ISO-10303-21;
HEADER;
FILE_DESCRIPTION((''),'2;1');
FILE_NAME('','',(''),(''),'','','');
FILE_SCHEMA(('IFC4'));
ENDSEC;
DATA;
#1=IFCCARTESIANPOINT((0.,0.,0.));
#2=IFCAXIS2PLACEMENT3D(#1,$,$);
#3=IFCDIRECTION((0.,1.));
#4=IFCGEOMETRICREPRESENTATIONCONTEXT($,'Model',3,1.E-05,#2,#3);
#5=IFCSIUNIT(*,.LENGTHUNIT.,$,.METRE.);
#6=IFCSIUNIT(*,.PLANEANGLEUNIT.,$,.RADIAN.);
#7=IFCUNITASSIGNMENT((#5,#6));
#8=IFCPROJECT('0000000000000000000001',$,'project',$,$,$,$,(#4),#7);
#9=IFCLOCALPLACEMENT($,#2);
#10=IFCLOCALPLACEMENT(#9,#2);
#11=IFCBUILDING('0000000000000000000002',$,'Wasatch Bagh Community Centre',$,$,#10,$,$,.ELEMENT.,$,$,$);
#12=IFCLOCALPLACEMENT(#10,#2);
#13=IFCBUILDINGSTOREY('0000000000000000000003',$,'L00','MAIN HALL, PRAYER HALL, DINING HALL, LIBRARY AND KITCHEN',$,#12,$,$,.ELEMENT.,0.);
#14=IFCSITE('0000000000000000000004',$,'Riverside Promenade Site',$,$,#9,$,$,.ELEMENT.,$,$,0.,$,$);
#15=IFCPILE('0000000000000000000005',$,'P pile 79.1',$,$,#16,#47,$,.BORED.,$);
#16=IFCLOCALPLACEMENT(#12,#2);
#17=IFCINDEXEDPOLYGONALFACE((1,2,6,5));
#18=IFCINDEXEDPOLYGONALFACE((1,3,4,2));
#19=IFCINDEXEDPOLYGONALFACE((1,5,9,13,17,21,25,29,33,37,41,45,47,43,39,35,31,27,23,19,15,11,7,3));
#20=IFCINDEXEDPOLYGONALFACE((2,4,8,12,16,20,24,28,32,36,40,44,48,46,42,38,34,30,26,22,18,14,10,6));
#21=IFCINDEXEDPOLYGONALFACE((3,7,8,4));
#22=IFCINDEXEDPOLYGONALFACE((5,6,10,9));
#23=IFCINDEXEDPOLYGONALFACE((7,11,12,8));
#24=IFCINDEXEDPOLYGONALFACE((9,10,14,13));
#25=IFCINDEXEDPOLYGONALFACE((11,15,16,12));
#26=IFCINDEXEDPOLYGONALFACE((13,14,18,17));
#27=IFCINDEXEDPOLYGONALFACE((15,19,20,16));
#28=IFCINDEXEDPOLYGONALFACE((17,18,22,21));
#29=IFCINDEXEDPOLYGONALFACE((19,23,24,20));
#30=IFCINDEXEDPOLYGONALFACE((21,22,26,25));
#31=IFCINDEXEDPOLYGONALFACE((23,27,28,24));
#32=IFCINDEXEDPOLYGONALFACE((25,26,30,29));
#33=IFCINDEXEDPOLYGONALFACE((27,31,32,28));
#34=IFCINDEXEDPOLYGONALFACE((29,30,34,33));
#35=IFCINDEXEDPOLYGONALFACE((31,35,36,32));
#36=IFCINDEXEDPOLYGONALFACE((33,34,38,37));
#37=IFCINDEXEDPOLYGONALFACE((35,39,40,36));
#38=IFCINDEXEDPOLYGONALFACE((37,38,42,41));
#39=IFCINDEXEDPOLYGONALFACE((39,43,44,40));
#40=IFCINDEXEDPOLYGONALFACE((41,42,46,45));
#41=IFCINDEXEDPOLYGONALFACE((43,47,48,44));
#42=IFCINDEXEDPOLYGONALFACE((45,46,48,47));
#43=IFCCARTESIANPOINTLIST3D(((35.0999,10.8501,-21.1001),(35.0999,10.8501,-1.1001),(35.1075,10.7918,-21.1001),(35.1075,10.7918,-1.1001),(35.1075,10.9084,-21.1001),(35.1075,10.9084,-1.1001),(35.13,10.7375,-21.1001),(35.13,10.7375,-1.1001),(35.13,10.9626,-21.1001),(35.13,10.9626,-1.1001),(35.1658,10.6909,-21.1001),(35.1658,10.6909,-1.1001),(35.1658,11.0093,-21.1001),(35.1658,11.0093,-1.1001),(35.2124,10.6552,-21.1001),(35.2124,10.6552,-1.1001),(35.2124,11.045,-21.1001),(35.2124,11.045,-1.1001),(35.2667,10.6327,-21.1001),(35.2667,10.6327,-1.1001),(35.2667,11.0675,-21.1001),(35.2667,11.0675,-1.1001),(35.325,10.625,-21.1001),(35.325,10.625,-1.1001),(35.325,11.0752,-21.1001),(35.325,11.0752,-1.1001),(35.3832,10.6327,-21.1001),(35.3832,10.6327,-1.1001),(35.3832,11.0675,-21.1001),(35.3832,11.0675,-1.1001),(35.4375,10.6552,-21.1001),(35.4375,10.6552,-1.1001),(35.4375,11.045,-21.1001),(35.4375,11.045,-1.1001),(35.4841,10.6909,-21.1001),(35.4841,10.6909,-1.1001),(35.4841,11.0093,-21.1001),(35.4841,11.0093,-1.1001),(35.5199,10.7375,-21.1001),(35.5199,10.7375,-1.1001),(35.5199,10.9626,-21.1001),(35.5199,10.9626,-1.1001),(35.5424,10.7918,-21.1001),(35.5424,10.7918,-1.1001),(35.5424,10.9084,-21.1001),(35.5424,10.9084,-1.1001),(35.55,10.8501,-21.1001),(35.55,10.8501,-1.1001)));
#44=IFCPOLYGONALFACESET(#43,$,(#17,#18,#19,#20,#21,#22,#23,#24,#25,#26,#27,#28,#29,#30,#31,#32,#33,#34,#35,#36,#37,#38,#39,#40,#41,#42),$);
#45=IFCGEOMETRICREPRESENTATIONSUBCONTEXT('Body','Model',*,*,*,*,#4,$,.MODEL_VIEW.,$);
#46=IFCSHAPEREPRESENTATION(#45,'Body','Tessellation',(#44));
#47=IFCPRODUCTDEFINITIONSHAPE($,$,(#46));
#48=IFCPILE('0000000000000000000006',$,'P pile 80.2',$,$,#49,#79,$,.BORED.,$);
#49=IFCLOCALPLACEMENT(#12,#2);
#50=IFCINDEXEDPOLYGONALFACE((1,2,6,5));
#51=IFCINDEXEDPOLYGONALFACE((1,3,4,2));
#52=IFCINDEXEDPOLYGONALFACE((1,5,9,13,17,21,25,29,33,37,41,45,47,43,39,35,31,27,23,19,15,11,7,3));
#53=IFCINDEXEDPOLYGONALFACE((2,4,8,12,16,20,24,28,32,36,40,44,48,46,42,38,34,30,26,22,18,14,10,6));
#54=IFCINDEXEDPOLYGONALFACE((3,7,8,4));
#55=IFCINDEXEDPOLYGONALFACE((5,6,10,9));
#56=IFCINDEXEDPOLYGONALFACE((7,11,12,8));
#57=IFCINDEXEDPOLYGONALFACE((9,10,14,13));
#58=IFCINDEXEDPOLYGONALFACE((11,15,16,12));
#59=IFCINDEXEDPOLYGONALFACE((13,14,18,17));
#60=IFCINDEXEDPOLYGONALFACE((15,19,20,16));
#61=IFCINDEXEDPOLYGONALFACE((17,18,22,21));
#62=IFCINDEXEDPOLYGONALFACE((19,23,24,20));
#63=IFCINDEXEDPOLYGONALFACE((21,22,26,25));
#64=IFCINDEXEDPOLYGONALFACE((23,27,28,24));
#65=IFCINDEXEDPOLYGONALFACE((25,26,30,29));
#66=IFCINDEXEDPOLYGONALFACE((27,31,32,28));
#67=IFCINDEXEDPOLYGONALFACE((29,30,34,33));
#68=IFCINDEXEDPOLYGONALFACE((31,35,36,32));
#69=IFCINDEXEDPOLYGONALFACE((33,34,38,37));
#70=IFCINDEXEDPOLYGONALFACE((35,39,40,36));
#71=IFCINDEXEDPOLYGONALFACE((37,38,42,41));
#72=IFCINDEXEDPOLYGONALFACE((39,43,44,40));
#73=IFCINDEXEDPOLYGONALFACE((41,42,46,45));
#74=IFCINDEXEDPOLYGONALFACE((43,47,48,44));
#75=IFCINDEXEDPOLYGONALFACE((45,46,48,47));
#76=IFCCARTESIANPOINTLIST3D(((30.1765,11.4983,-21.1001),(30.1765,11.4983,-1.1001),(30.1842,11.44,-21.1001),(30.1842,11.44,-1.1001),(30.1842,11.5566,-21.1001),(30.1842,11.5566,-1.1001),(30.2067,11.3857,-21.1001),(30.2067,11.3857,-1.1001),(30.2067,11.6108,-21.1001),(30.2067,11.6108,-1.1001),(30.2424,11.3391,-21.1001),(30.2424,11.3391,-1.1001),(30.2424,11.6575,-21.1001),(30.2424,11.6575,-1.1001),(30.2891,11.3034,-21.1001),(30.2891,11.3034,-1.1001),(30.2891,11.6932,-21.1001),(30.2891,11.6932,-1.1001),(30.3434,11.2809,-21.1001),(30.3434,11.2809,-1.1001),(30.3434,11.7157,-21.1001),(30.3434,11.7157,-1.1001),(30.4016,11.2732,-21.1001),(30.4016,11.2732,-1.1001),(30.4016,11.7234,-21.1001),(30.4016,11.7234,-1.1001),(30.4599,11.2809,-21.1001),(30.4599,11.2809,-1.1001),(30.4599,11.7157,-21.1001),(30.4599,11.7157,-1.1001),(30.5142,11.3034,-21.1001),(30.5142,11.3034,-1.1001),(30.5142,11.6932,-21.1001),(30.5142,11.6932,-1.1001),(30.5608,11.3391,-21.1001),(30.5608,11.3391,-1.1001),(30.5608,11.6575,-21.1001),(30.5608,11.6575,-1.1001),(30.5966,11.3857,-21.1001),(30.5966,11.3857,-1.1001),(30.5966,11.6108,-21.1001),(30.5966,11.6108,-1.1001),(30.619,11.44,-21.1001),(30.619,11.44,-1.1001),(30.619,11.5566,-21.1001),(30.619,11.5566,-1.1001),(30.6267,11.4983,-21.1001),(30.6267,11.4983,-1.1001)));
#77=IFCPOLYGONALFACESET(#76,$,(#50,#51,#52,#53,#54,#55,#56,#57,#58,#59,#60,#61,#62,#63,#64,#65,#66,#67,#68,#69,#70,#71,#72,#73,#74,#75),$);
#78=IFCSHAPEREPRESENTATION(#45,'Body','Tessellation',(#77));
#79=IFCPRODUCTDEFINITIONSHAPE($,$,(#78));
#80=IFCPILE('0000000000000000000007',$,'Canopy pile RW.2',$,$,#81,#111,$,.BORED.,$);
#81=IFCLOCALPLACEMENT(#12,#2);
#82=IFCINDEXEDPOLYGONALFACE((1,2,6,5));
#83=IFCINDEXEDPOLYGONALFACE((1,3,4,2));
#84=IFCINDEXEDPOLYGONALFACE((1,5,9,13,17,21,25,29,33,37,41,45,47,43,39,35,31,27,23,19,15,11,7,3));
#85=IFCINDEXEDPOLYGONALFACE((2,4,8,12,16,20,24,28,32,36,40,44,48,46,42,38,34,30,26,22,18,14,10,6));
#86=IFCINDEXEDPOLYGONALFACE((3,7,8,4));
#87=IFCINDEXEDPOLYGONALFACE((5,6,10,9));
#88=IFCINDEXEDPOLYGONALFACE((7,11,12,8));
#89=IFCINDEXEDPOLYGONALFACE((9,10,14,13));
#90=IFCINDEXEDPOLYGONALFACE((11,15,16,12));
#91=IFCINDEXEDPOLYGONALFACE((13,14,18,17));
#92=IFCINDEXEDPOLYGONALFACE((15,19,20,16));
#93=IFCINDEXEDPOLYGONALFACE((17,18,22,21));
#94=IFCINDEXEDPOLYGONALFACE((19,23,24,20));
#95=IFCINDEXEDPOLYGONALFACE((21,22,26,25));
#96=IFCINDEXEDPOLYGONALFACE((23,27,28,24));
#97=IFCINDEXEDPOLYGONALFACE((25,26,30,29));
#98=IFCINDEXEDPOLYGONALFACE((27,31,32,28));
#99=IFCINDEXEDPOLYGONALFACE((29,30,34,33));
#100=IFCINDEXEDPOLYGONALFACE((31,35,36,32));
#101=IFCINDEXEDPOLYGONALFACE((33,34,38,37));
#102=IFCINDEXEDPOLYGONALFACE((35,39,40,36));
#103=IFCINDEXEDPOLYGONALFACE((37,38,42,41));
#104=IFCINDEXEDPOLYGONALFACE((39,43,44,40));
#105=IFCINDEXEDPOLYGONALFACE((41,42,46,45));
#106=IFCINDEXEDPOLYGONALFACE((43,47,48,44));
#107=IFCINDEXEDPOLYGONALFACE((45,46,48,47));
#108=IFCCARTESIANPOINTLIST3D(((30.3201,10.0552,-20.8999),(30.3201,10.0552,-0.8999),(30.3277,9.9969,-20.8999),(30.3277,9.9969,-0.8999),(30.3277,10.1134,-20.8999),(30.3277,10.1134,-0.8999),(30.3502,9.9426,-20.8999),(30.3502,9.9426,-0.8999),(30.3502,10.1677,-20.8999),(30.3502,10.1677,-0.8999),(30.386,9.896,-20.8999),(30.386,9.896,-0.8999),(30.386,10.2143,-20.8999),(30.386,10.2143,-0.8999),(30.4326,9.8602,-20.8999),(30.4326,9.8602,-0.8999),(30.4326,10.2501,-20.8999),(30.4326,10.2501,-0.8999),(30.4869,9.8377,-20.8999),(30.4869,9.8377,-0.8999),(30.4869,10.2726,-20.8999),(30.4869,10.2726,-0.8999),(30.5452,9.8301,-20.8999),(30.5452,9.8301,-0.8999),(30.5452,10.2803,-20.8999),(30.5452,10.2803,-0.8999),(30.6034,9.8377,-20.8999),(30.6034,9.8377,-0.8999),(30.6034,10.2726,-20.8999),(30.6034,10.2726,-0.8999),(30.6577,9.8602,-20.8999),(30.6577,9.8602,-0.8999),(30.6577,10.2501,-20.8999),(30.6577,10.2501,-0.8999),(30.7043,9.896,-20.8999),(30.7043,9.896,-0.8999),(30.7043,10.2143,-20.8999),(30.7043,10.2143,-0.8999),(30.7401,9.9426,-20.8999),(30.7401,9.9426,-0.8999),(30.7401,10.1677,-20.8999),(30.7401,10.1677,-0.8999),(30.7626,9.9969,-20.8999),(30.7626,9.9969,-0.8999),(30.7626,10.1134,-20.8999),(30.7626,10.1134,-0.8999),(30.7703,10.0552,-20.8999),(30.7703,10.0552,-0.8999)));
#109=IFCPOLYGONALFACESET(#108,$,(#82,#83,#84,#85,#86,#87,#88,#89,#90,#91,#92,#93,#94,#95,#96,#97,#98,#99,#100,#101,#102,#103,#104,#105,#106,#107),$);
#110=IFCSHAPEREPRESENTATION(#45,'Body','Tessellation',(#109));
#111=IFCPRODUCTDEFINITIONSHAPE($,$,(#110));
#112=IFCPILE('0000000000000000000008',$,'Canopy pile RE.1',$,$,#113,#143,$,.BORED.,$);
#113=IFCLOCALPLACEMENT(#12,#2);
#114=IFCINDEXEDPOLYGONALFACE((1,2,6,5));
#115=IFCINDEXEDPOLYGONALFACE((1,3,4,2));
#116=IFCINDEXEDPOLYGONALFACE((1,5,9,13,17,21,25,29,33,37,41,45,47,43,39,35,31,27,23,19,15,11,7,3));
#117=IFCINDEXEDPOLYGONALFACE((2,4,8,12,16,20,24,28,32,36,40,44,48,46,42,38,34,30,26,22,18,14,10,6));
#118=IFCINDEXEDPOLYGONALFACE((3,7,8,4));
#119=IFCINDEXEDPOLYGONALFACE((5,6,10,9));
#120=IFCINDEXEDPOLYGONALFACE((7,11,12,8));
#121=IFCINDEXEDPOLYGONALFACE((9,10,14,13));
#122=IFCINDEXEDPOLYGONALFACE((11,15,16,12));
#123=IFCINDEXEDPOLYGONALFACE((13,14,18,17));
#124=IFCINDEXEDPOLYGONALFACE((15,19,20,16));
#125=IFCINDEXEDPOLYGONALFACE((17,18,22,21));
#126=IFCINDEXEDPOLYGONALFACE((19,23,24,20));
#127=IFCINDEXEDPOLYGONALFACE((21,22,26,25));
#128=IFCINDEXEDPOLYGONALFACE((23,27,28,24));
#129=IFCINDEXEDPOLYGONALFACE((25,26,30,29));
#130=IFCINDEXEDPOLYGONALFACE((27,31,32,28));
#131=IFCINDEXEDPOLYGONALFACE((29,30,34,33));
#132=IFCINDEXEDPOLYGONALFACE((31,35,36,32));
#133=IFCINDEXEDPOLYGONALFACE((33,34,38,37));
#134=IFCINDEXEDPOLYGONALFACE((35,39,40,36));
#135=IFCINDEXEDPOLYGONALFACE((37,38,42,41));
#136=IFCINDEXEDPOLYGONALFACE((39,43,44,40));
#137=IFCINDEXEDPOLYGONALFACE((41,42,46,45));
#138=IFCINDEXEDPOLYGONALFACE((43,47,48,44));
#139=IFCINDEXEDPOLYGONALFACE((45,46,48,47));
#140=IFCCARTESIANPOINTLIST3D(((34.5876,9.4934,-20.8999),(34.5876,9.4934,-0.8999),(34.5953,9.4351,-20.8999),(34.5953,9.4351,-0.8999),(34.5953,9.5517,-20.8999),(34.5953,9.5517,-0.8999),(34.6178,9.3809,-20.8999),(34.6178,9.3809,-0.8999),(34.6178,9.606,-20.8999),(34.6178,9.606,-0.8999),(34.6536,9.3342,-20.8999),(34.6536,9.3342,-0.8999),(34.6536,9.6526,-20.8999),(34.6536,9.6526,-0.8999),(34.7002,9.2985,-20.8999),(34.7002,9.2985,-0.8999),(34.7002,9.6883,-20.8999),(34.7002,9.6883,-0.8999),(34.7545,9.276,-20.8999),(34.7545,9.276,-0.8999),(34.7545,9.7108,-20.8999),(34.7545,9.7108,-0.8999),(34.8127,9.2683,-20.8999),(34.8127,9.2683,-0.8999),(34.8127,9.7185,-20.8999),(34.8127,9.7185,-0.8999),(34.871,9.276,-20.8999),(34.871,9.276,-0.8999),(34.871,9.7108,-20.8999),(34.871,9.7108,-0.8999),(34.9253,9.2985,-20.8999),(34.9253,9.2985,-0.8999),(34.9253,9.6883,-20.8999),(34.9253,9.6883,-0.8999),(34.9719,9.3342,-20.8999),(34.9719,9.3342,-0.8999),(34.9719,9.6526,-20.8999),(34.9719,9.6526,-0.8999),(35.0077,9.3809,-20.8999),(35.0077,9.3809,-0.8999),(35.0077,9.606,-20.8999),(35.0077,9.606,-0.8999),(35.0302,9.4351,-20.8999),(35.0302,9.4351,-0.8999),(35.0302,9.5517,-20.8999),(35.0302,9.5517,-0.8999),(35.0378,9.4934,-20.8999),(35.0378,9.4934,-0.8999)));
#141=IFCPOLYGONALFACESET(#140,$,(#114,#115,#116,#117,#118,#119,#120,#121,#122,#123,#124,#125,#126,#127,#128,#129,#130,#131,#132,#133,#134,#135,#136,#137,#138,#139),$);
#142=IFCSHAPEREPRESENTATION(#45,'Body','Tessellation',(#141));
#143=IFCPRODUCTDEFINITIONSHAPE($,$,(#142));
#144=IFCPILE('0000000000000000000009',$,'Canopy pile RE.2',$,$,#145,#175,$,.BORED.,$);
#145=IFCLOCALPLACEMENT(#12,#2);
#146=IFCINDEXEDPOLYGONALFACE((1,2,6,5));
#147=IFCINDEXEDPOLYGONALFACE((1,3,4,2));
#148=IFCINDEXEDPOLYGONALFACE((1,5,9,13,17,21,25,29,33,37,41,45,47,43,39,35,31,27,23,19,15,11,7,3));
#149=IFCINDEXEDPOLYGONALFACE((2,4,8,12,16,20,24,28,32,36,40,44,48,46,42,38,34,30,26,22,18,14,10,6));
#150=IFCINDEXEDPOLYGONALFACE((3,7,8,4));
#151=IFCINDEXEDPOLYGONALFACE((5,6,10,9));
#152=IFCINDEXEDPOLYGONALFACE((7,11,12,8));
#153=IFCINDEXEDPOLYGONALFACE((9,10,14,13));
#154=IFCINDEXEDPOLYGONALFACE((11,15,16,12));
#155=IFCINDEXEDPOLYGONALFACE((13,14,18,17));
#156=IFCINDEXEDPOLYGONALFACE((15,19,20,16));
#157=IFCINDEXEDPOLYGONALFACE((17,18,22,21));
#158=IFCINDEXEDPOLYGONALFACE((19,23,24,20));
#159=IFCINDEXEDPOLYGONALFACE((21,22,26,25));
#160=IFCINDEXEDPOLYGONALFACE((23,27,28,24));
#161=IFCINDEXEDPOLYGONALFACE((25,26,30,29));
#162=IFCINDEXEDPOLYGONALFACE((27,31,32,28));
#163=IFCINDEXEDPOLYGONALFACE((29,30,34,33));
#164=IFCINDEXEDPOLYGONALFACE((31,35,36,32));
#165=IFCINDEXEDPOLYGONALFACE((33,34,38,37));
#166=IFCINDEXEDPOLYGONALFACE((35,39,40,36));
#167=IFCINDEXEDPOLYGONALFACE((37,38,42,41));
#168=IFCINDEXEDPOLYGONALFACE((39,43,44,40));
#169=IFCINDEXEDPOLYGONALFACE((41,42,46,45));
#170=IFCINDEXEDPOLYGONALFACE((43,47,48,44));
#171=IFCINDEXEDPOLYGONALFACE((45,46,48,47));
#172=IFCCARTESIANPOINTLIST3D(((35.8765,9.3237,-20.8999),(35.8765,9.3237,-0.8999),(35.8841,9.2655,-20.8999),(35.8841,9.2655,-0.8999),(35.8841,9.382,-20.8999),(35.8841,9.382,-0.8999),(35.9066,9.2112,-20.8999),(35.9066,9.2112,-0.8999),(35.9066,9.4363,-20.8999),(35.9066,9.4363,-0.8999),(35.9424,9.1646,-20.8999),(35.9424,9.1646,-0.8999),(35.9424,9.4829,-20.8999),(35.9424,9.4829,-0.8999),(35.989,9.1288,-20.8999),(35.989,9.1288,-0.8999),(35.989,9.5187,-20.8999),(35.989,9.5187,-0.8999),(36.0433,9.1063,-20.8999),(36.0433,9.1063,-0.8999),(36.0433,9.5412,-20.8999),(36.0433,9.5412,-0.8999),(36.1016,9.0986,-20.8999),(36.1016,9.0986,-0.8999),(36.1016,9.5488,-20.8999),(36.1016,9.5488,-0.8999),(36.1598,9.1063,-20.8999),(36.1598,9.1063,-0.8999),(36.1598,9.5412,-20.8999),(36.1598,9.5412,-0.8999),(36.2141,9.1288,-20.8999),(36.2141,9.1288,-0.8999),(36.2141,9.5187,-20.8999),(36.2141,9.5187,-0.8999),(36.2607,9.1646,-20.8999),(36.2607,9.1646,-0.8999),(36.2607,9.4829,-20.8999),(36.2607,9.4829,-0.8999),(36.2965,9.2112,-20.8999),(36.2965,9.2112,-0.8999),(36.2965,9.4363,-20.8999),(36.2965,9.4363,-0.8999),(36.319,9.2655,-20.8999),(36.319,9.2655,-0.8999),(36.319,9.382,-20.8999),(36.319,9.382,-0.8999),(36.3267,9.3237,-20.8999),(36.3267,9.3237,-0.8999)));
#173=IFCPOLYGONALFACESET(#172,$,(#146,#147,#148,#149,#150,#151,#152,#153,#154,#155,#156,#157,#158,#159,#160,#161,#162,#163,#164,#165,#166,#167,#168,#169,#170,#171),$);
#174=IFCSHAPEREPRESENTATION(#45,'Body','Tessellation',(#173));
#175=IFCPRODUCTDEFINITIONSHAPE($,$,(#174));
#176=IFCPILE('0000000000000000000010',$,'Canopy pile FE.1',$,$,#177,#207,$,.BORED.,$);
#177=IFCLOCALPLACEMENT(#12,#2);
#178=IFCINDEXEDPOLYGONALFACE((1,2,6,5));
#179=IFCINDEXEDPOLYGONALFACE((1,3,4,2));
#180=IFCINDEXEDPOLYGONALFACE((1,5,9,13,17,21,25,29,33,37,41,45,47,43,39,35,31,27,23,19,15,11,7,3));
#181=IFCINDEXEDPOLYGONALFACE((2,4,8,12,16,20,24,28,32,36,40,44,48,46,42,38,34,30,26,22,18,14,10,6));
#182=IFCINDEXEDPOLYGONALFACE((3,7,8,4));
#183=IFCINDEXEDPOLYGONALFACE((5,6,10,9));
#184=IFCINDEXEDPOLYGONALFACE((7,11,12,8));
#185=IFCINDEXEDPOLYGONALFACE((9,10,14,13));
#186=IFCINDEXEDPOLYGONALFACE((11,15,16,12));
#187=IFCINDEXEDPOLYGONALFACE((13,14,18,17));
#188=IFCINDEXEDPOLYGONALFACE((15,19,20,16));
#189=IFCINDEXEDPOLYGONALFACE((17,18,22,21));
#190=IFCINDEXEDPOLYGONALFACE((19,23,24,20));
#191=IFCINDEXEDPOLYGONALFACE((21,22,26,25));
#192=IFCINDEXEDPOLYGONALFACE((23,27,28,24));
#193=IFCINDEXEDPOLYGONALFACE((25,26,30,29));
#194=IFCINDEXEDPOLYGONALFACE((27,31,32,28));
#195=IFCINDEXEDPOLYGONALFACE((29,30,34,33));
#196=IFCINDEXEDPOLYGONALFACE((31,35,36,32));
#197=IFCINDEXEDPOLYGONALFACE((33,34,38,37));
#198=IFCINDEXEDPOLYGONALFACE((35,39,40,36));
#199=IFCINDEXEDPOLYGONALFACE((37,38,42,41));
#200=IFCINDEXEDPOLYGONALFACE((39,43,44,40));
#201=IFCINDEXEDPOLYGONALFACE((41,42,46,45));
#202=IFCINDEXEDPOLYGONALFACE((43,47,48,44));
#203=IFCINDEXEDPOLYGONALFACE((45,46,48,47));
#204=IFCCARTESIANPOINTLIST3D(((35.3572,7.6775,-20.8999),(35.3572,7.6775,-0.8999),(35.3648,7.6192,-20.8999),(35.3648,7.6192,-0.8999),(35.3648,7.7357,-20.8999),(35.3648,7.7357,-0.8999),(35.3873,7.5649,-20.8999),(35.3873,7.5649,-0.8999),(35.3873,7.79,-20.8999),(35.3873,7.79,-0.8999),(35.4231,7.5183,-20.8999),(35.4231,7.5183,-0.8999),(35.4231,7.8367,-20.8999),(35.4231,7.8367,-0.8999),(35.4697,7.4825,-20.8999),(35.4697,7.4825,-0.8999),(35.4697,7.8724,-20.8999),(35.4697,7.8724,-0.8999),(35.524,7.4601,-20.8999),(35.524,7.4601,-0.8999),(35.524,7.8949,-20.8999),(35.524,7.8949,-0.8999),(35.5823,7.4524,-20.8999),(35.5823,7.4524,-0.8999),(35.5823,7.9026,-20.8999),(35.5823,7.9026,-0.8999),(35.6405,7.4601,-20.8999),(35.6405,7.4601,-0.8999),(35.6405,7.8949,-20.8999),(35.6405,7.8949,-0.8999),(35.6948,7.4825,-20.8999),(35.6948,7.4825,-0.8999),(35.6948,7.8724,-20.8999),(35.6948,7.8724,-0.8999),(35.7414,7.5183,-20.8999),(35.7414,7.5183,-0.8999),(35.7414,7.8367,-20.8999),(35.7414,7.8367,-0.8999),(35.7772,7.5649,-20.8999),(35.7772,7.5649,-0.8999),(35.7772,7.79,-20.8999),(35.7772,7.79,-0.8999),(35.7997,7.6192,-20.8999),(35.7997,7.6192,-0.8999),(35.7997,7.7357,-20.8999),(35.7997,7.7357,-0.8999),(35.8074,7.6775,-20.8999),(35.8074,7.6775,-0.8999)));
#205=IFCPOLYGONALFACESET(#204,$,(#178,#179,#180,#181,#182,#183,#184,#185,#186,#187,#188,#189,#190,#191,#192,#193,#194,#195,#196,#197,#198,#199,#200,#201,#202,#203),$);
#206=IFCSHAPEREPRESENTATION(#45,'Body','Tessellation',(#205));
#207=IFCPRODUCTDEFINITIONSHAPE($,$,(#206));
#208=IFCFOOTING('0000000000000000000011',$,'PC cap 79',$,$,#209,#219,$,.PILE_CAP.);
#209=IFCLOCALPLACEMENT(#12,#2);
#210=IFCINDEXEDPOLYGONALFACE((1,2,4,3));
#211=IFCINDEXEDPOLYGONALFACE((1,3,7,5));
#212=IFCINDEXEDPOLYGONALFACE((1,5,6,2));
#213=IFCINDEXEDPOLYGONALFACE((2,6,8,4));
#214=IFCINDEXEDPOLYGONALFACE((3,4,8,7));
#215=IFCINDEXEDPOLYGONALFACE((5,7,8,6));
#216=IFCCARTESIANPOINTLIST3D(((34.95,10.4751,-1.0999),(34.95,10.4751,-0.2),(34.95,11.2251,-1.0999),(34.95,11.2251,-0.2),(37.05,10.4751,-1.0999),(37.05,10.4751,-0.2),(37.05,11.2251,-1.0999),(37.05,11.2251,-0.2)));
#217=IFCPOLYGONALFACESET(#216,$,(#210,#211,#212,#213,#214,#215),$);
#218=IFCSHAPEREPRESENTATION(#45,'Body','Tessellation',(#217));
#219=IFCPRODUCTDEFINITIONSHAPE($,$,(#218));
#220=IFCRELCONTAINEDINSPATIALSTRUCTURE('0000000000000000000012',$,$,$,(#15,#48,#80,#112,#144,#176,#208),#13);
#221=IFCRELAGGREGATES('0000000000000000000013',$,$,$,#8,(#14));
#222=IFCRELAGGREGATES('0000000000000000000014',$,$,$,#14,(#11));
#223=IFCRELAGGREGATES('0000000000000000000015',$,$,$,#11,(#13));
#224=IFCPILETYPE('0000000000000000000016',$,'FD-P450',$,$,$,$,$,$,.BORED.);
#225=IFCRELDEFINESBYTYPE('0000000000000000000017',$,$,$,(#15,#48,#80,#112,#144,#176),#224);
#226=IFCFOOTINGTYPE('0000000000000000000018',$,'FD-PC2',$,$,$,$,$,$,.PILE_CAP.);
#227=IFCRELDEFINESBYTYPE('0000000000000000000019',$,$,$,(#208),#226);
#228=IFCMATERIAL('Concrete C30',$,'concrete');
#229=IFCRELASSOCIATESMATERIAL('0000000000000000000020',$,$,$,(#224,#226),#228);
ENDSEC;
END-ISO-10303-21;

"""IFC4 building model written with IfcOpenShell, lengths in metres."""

from ifc_helpers import new_model, si_unit, direction, frame, origin, origin_2d, place, context, subcontext, project, spatial, rectangle, circle, extrude, material, material_profile, profile_set, type_object, element, save


model = new_model("IFC4")

# Units and contexts
model_context = context("Model", 3, precision=1e-05, world=origin(), true_north=direction((0.0, 1.0)))
body_context = subcontext(model_context, "Body", "Model", "MODEL_VIEW")
ifc_project = project(units=[si_unit("LENGTHUNIT", "METRE"), si_unit("PLANEANGLEUNIT", "RADIAN")], contexts=[model_context])

# Site, building, storey
site_placement = place(None, origin())
site = spatial("IfcSite", under=ifc_project, at=site_placement, Name="Riverside Promenade Site", CompositionType="ELEMENT", RefElevation=0.0)
building_placement = place(site_placement, origin())
building = spatial("IfcBuilding", under=site, at=building_placement, Name="Wasatch Bagh Community Centre", CompositionType="ELEMENT")
storey_placement = place(building_placement, origin())
storey = spatial("IfcBuildingStorey", under=building, at=storey_placement, Name="L00", Description="MAIN HALL, PRAYER HALL, DINING HALL, LIBRARY AND KITCHEN", CompositionType="ELEMENT", Elevation=0.0)

# Piles
ifc_material_1 = material(Name="Concrete C30", Category="concrete")
ifc_material_profile_1 = material_profile(ifc_material_1, circle(Radius=0.2251, at=origin_2d()), Name="RC D450")
ifc_profile_set_1 = profile_set([ifc_material_profile_1], Name="Concrete C30")
pile_type = type_object("IfcPileType", Name="FD-P450", PredefinedType="BORED", material=ifc_profile_set_1)
for number, where, z_axis, x_axis, name in (
    (1, (35.325, 10.8501, -1.1001), (0.0, 0.0, -1.0), (1.0, 0.0, 0.0), "P pile 79.1"),
    (2, (30.4016, 11.4983, -1.1001), (0.0, 0.0, -1.0), (1.0, 0.0, 0.0), "P pile 80.2"),
    (3, (30.5452, 10.0552, -0.8999), (0.0, 0.0, -1.0), (1.0, 0.0, 0.0), "Canopy pile RW.2"),
    (4, (34.8127, 9.4934, -0.8999), (0.0, 0.0, -1.0), (1.0, 0.0, 0.0), "Canopy pile RE.1"),
    (5, (36.1016, 9.3237, -0.8999), (0.0, 0.0, -1.0), (1.0, 0.0, 0.0), "Canopy pile RE.2"),
    (6, (35.5823, 7.6775, -0.8999), (0.0, 0.0, -1.0), (1.0, 0.0, 0.0), "Canopy pile FE.1"),
):
    element("IfcPile", number, at=place(storey_placement, frame(where, z_axis=z_axis, x_axis=x_axis)), inside=storey, type_object=pile_type, Name=name, PredefinedType="BORED", context=body_context, shape_type="SweptSolid", body=[
        extrude(circle(Radius=0.2251, at=origin_2d()), origin(), (0.0, 0.0, 1.0), 20.0),
    ])

# Footing
footing_type = type_object("IfcFootingType", Name="FD-PC2", PredefinedType="PILE_CAP", material=ifc_material_1)
for number, where, z_axis, x_axis, name in (
    (7, (36.0, 10.8501, -1.0999), (0.0, 0.0, 1.0), (1.0, 0.0, 0.0), "PC cap 79"),
):
    element("IfcFooting", number, at=place(storey_placement, frame(where, z_axis=z_axis, x_axis=x_axis)), inside=storey, type_object=footing_type, Name=name, PredefinedType="PILE_CAP", context=body_context, shape_type="SweptSolid", body=[
        extrude(rectangle(XDim=2.1001, YDim=0.75, at=origin_2d()), origin(), (0.0, 0.0, 1.0), 0.8999),
    ])

save(model, "model.ifc")
